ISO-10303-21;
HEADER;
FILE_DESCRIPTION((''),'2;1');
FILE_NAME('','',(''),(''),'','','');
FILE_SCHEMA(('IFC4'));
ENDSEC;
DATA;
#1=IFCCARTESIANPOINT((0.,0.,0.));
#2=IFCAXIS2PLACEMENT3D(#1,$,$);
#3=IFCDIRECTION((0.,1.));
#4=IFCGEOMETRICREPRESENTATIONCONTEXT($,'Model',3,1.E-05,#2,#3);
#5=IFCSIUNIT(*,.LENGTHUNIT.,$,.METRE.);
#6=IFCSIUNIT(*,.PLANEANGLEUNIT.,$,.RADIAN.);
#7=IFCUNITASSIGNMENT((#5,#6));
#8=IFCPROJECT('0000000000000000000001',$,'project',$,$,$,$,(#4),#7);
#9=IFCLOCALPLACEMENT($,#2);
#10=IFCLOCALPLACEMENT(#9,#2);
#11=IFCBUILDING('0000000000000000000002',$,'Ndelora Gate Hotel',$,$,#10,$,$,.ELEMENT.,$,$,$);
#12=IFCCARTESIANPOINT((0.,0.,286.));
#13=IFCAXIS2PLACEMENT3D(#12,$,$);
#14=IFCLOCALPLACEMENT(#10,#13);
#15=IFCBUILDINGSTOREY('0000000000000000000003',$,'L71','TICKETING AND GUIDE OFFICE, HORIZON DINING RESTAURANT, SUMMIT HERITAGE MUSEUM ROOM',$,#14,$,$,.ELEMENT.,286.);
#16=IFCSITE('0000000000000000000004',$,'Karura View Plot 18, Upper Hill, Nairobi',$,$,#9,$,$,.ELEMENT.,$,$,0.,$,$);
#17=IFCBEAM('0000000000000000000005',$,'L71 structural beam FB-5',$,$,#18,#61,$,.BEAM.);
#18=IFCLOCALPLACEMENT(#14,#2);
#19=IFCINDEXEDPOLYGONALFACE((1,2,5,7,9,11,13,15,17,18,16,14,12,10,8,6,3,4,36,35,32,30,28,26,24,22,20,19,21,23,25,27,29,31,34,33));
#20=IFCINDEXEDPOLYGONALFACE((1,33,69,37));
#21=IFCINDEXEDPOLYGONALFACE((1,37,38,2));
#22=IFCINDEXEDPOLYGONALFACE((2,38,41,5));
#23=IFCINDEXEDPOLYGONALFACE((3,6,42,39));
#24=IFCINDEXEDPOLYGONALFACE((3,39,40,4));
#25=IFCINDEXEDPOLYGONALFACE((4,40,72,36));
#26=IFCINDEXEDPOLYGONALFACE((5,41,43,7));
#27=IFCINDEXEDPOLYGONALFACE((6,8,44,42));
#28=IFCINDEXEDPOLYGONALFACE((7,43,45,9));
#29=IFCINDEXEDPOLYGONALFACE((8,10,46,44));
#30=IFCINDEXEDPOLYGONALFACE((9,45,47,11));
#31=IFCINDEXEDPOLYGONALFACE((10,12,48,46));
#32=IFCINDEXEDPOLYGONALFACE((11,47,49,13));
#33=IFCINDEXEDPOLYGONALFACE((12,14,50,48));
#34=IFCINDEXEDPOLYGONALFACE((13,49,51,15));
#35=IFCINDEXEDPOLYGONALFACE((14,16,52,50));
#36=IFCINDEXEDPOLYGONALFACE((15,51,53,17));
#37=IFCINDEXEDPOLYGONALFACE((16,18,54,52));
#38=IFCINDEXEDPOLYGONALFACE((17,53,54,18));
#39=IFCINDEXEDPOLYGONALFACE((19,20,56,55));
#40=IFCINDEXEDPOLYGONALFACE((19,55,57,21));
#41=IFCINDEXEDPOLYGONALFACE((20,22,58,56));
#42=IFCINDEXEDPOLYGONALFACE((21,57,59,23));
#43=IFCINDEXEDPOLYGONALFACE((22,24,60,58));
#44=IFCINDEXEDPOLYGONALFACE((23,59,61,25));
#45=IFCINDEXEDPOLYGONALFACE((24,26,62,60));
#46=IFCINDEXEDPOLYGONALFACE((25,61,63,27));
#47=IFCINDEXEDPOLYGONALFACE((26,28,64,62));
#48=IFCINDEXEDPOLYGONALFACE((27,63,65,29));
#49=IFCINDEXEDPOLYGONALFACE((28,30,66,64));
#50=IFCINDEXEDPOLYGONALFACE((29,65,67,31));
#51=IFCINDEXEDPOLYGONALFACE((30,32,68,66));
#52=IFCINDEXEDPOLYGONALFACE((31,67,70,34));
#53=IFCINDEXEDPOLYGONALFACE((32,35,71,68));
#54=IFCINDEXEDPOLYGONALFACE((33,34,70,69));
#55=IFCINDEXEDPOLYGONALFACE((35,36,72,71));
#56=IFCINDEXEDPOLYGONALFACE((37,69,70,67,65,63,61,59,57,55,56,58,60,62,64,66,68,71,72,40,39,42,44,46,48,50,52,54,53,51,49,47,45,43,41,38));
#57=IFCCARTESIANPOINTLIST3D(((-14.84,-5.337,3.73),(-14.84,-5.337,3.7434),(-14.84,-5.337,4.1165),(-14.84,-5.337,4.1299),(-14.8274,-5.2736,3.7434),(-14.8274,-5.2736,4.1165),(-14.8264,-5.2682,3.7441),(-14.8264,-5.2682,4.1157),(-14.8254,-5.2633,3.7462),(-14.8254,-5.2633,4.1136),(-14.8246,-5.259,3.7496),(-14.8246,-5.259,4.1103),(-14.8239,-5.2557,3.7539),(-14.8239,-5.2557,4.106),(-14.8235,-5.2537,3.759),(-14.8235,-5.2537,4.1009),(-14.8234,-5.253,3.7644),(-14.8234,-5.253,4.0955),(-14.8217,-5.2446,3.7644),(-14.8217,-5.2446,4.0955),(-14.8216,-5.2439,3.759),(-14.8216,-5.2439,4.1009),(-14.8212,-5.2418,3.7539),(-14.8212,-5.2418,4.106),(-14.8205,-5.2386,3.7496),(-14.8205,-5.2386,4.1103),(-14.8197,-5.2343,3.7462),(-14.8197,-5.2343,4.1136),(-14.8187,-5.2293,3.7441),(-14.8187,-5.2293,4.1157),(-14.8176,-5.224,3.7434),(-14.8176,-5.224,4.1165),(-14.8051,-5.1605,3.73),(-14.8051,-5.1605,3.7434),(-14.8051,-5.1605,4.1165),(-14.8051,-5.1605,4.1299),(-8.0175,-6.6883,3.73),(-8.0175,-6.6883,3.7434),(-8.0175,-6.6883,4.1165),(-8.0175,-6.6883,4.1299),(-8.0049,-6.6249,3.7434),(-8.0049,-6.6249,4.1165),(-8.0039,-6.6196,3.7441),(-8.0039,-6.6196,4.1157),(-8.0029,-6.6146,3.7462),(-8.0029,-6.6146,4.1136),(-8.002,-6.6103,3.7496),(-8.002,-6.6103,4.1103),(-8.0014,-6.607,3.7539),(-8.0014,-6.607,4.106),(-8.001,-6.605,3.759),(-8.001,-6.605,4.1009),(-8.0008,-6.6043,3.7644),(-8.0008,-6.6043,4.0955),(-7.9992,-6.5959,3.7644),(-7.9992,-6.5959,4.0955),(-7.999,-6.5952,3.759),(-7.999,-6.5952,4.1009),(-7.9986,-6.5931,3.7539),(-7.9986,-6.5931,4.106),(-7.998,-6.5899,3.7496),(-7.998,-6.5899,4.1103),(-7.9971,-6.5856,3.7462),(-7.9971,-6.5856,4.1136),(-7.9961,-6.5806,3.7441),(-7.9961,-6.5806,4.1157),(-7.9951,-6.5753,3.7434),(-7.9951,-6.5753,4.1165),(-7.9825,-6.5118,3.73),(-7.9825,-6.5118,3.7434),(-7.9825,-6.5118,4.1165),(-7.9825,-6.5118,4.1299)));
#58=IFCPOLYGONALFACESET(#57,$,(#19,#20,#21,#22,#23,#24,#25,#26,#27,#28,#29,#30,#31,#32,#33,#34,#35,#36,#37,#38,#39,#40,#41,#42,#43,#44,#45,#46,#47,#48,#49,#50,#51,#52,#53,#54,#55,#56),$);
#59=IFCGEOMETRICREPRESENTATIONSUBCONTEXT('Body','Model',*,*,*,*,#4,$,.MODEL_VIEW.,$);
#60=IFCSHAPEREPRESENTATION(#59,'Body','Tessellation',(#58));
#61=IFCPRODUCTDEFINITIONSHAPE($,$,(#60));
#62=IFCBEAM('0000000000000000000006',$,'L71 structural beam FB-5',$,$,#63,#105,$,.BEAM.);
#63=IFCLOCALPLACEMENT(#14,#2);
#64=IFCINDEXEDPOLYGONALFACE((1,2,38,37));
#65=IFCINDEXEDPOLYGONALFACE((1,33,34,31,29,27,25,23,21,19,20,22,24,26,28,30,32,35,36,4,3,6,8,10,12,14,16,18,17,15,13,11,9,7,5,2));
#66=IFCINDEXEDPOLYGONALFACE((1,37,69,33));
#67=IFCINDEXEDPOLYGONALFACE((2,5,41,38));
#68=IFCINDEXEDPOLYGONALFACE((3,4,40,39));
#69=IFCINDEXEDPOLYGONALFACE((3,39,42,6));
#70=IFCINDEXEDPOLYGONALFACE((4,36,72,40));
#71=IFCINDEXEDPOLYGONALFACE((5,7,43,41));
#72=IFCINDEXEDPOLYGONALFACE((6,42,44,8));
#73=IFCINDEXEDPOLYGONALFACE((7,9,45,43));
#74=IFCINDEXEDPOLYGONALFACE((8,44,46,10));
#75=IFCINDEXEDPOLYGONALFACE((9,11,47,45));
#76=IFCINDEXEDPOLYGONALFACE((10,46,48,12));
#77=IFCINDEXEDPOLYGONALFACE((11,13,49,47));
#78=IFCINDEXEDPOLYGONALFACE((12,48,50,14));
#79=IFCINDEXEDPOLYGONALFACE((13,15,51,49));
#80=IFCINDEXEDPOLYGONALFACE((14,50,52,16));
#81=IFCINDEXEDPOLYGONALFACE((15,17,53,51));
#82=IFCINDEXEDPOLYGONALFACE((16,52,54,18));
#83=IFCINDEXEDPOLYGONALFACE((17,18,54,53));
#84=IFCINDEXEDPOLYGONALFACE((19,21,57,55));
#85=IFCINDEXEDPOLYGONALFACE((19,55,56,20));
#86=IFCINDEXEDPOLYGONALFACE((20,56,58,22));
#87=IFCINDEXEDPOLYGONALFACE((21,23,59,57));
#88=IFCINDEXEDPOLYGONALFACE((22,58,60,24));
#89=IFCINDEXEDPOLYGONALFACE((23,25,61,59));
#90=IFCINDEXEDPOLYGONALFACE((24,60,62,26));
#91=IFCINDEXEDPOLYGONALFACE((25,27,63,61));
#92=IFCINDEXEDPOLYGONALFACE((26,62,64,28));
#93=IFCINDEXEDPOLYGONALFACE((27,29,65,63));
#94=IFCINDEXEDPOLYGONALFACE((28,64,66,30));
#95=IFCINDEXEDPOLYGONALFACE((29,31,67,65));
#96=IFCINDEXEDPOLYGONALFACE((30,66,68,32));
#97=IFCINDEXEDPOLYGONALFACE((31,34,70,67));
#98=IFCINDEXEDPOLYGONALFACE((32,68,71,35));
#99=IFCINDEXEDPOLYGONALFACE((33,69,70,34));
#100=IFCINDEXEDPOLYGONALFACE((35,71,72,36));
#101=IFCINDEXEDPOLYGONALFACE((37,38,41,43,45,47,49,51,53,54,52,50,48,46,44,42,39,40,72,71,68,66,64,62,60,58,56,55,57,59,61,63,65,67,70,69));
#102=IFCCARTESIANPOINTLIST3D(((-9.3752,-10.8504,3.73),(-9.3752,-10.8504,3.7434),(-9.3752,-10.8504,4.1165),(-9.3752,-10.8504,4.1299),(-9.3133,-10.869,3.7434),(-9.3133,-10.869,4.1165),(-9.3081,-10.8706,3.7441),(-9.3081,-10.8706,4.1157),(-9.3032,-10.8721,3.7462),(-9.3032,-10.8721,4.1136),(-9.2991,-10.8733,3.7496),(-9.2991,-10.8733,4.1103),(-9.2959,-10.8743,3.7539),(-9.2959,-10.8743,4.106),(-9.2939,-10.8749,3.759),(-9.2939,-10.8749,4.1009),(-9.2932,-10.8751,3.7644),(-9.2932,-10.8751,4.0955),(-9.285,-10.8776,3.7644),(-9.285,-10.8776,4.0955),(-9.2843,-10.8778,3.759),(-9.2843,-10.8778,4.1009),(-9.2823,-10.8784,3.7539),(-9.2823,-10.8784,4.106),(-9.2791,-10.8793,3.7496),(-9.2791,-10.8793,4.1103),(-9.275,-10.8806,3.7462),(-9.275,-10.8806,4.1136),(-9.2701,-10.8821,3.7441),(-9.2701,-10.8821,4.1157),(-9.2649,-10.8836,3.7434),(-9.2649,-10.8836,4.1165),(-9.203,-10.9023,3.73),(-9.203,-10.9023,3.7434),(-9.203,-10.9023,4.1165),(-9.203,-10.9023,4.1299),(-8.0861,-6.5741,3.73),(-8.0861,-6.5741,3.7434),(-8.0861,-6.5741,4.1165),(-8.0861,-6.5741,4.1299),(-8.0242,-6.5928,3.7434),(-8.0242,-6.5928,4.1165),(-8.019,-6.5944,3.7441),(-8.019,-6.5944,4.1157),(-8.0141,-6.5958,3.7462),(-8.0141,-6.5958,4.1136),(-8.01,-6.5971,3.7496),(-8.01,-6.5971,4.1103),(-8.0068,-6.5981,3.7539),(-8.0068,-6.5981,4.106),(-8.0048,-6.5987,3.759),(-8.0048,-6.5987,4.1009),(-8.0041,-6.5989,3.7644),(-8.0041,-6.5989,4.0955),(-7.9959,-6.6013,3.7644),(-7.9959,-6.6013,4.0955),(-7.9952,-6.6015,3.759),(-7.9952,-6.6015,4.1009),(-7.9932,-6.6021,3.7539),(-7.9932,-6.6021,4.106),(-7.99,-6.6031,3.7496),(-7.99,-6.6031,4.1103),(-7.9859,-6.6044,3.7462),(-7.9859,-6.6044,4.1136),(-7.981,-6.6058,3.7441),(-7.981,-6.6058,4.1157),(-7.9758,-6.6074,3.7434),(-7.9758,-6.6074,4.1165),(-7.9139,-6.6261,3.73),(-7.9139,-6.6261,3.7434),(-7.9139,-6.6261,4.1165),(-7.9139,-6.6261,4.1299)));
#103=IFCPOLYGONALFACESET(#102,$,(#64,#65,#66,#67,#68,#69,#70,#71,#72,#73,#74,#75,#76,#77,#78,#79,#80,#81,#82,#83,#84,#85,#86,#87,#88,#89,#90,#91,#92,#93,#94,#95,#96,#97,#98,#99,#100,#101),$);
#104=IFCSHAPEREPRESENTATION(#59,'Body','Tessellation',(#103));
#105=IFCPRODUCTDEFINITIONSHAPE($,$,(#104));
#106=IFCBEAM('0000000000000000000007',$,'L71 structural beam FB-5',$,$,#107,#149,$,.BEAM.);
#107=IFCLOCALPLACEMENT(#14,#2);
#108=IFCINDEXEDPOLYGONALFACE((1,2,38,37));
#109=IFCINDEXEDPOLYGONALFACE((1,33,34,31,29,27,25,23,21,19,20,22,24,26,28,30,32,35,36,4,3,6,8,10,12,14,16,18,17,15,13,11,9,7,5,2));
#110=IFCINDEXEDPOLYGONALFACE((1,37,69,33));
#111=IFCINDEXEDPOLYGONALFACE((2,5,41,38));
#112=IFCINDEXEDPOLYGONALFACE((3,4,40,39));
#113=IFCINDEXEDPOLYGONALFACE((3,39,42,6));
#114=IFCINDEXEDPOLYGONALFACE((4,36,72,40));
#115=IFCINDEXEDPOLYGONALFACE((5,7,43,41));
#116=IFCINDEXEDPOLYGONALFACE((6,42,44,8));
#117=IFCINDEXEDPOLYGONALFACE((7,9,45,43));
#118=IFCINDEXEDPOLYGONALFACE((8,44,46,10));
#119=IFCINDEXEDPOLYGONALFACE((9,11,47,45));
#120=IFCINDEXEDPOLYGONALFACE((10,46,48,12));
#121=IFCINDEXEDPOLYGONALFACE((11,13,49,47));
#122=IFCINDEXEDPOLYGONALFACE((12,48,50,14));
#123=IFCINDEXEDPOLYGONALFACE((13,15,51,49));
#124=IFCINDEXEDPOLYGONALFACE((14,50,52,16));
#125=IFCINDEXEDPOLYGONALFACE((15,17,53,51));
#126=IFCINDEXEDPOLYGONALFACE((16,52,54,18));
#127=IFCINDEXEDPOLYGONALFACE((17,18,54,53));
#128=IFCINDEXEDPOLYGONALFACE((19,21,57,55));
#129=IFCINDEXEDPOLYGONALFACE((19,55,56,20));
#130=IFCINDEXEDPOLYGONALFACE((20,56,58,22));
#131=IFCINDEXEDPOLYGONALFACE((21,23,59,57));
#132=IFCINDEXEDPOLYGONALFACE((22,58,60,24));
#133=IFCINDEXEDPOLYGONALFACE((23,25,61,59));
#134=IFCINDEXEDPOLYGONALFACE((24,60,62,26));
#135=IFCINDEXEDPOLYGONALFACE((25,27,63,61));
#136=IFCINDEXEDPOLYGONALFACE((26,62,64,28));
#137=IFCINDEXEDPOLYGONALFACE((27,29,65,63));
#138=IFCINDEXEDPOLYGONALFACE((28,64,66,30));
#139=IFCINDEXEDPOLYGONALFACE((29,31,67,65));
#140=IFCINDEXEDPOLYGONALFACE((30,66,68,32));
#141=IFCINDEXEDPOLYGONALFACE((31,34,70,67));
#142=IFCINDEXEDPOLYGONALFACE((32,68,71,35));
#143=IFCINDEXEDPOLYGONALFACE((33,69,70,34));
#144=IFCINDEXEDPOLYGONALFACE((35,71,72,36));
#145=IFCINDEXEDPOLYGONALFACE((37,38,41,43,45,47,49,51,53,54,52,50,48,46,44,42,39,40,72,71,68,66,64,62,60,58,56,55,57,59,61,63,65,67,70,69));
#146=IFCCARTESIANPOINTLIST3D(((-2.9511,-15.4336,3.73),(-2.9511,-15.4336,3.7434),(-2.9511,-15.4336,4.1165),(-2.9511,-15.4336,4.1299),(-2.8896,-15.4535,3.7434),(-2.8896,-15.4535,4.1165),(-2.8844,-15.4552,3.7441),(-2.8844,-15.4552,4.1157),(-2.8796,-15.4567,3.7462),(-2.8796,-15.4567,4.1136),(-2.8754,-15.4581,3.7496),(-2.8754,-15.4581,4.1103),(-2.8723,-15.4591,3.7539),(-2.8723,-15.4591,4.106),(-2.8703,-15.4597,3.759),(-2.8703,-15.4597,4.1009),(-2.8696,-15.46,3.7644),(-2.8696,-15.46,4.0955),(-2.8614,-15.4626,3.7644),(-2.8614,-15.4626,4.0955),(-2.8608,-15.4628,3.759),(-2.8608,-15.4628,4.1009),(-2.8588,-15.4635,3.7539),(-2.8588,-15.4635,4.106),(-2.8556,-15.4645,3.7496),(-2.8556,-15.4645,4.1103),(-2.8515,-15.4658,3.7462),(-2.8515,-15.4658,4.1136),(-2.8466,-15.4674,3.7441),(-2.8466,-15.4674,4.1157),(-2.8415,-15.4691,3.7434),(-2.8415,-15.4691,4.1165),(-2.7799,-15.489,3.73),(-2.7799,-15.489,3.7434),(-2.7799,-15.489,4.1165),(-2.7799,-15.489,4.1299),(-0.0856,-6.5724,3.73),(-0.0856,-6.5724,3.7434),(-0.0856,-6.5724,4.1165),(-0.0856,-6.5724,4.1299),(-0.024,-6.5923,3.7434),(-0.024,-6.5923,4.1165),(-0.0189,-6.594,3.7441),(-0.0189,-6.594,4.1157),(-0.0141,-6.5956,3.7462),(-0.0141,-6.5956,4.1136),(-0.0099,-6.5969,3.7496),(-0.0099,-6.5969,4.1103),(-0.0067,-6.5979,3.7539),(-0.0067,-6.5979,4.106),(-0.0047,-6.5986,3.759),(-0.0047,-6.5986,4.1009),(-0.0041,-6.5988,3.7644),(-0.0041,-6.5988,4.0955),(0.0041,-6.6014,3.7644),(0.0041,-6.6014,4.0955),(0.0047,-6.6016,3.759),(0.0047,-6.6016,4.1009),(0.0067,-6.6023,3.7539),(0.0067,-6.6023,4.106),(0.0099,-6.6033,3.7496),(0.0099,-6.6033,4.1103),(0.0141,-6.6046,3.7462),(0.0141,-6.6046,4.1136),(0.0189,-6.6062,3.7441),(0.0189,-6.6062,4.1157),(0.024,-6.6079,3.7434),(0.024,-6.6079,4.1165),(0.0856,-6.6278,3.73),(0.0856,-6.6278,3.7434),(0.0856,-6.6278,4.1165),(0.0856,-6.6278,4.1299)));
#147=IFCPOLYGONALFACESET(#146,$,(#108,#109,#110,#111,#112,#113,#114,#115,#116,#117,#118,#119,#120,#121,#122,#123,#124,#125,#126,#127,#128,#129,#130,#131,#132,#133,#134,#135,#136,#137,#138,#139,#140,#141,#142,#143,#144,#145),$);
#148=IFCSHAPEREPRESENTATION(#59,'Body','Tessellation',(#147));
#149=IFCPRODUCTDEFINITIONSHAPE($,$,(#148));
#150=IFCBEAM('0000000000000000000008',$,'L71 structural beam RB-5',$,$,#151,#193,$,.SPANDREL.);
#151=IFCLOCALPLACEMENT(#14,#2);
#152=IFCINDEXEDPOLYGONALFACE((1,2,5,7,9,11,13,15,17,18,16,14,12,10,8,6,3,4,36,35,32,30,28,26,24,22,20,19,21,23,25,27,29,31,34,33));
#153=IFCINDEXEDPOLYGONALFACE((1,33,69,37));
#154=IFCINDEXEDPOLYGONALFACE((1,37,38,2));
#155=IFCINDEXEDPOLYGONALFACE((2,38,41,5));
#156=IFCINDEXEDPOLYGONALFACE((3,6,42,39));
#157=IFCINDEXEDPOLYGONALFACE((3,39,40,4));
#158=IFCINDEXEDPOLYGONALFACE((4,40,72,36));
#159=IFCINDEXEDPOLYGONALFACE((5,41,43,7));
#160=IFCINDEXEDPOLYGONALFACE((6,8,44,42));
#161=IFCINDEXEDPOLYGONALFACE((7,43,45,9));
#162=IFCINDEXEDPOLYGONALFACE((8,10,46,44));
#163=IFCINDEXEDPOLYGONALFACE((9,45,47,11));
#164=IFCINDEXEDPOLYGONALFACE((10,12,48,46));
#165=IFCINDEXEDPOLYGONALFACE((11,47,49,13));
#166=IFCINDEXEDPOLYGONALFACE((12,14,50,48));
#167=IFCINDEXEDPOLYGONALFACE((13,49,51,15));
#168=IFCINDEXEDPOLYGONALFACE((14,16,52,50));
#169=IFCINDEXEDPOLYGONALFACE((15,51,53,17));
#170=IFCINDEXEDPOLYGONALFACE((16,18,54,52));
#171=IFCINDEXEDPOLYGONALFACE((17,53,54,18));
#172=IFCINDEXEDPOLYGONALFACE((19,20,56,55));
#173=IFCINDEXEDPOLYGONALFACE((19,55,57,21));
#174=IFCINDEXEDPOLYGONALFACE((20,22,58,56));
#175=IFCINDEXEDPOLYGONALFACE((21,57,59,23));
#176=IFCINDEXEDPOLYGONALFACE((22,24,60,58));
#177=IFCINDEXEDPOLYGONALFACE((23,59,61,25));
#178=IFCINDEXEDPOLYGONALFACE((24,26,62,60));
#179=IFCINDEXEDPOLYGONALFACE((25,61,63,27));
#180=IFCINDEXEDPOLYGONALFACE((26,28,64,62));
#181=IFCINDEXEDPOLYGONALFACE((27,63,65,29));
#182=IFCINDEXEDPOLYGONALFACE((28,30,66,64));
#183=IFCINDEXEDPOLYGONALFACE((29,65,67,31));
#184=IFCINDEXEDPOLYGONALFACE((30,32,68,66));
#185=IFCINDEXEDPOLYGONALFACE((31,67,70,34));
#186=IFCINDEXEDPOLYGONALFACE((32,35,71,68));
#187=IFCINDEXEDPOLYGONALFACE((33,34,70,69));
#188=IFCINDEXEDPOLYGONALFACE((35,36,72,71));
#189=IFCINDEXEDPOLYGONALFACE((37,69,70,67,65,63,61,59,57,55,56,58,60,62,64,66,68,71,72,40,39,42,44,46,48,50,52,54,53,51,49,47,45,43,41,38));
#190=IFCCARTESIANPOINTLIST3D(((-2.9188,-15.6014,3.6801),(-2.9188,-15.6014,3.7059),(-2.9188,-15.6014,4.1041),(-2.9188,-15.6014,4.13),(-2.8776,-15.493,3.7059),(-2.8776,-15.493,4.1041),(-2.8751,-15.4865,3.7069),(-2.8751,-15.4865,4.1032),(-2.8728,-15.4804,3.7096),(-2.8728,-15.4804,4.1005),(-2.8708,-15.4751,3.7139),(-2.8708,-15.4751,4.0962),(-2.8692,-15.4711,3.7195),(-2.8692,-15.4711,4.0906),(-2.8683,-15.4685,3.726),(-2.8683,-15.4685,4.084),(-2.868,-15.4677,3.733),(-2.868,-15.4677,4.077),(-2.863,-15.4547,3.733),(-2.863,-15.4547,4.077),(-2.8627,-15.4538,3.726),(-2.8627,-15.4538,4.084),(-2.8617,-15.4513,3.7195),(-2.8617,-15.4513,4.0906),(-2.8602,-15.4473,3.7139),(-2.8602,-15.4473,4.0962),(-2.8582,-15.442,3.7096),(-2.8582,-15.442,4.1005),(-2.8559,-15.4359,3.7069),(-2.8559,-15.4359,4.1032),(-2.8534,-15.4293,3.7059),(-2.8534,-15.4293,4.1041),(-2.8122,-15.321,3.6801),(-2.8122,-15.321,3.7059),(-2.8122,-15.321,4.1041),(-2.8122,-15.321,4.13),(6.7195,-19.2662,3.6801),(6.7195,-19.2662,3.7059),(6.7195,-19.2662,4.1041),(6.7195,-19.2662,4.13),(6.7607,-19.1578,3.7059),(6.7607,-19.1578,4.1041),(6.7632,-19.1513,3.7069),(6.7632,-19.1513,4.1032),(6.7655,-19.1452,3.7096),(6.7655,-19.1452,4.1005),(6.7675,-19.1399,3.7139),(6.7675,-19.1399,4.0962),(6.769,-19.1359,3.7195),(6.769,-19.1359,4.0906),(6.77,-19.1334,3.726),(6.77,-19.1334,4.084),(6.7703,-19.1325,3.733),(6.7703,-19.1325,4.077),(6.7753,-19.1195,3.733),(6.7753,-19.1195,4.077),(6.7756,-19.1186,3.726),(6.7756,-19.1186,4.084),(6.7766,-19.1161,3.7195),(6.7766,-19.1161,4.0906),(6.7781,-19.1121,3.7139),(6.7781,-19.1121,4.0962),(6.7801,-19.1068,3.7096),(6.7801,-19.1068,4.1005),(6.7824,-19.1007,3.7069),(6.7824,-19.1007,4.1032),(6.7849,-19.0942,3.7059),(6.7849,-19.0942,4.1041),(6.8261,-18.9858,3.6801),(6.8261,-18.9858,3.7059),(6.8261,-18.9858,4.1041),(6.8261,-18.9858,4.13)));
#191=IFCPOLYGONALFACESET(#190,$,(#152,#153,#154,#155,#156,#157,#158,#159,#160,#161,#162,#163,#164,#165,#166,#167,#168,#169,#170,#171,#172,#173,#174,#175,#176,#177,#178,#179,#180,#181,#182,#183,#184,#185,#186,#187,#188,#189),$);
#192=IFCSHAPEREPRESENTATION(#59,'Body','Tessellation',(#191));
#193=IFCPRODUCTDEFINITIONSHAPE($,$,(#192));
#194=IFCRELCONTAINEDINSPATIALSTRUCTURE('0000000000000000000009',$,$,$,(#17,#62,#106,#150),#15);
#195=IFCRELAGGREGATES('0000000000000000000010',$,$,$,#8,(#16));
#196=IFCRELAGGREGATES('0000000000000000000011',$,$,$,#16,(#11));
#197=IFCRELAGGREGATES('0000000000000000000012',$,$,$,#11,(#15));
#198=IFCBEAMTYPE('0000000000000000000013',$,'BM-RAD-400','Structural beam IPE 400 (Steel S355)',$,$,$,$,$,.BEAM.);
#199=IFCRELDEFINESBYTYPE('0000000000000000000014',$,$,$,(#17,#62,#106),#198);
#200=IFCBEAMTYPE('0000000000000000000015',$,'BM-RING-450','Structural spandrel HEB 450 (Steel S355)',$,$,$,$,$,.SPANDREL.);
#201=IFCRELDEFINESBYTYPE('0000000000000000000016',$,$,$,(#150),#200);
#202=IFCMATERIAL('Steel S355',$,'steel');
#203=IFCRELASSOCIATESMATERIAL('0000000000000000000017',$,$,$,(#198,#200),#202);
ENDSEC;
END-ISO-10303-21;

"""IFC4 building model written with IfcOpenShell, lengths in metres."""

from ifc_helpers import new_model, si_unit, direction, frame, origin, origin_2d, place, context, subcontext, project, spatial, i_section, extrude, material, material_profile, profile_set, type_object, element, save


model = new_model("IFC4")

# Units and contexts
model_context = context("Model", 3, precision=1e-05, world=origin(), true_north=direction((0.0, 1.0)))
body_context = subcontext(model_context, "Body", "Model", "MODEL_VIEW")
ifc_project = project(units=[si_unit("LENGTHUNIT", "METRE"), si_unit("PLANEANGLEUNIT", "RADIAN")], contexts=[model_context])

# Site, building, storey
site_placement = place(None, origin())
site = spatial("IfcSite", under=ifc_project, at=site_placement, Name="Karura View Plot 18, Upper Hill, Nairobi", CompositionType="ELEMENT", RefElevation=0.0)
building_placement = place(site_placement, origin())
building = spatial("IfcBuilding", under=site, at=building_placement, Name="Ndelora Gate Hotel", CompositionType="ELEMENT")
storey_placement = place(building_placement, frame((0.0, 0.0, 286.0)))
storey = spatial("IfcBuildingStorey", under=building, at=storey_placement, Name="L71", Description="TICKETING AND GUIDE OFFICE, HORIZON DINING RESTAURANT, SUMMIT HERITAGE MUSEUM ROOM", CompositionType="ELEMENT", Elevation=286.0)

# Beams
ifc_material_1 = material(Name="Steel S355", Category="steel")
ifc_material_profile_1 = material_profile(ifc_material_1, i_section(OverallWidth=0.1799, OverallDepth=0.3999, WebThickness=0.0085, FlangeThickness=0.0134, FilletRadius=0.021, at=origin_2d()), Name="IPE 400")
ifc_profile_set_1 = profile_set([ifc_material_profile_1], Name="Steel S355")
beam_type_1 = type_object("IfcBeamType", Name="BM-RAD-400", Description="Structural beam IPE 400 (Steel S355)", PredefinedType="BEAM", material=ifc_profile_set_1)
beam_1_placement = place(storey_placement, frame((-8.0, -6.6001, 3.9299), z_axis=(-0.980944, 0.194293, 0.0), x_axis=(-0.194293, -0.980944, 0.0)))
element("IfcBeam", 1, at=beam_1_placement, inside=storey, type_object=beam_type_1, Name="L71 structural beam FB-5", PredefinedType="BEAM", context=body_context, shape_type="SweptSolid", body=[
    extrude(i_section(OverallWidth=0.1799, OverallDepth=0.3999, WebThickness=0.0085, FlangeThickness=0.0134, FilletRadius=0.021, at=origin_2d()), origin(), (0.0, 0.0, 1.0), 6.9551),
])
beam_2_placement = place(storey_placement, frame((-8.0, -6.6001, 3.9299), z_axis=(-0.288626, -0.957442, 0.0), x_axis=(0.957442, -0.288626, 0.0)))
element("IfcBeam", 2, at=beam_2_placement, inside=storey, type_object=beam_type_1, Name="L71 structural beam FB-5", PredefinedType="BEAM", context=body_context, shape_type="SweptSolid", body=[
    extrude(i_section(OverallWidth=0.1799, OverallDepth=0.3999, WebThickness=0.0085, FlangeThickness=0.0134, FilletRadius=0.021, at=origin_2d()), origin(), (0.0, 0.0, 1.0), 4.4663),
])
beam_3_placement = place(storey_placement, frame((0.0, -6.6001, 3.9299), z_axis=(-0.30769, -0.951487, 0.0), x_axis=(0.951487, -0.30769, 0.0)))
element("IfcBeam", 3, at=beam_3_placement, inside=storey, type_object=beam_type_1, Name="L71 structural beam FB-5", PredefinedType="BEAM", context=body_context, shape_type="SweptSolid", body=[
    extrude(i_section(OverallWidth=0.1799, OverallDepth=0.3999, WebThickness=0.0085, FlangeThickness=0.0134, FilletRadius=0.021, at=origin_2d()), origin(), (0.0, 0.0, 1.0), 9.313),
])
ifc_material_profile_2 = material_profile(ifc_material_1, i_section(OverallWidth=0.3, OverallDepth=0.45, WebThickness=0.0139, FlangeThickness=0.0259, FilletRadius=0.0271, at=origin_2d()), Name="HEB 450")
ifc_profile_set_2 = profile_set([ifc_material_profile_2], Name="Steel S355")
beam_type_2 = type_object("IfcBeamType", Name="BM-RING-450", Description="Structural spandrel HEB 450 (Steel S355)", PredefinedType="SPANDREL", material=ifc_profile_set_2)
beam_4_placement = place(storey_placement, frame((-2.8655, -15.4612, 3.905), z_axis=(0.93471, -0.355411, 0.0), x_axis=(0.355411, 0.93471, 0.0)))
element("IfcBeam", 4, at=beam_4_placement, inside=storey, type_object=beam_type_2, Name="L71 structural beam RB-5", PredefinedType="SPANDREL", context=body_context, shape_type="SweptSolid", body=[
    extrude(i_section(OverallWidth=0.3, OverallDepth=0.45, WebThickness=0.0139, FlangeThickness=0.0259, FilletRadius=0.0271, at=origin_2d()), origin(), (0.0, 0.0, 1.0), 10.3115),
])

save(model, "model.ifc")
